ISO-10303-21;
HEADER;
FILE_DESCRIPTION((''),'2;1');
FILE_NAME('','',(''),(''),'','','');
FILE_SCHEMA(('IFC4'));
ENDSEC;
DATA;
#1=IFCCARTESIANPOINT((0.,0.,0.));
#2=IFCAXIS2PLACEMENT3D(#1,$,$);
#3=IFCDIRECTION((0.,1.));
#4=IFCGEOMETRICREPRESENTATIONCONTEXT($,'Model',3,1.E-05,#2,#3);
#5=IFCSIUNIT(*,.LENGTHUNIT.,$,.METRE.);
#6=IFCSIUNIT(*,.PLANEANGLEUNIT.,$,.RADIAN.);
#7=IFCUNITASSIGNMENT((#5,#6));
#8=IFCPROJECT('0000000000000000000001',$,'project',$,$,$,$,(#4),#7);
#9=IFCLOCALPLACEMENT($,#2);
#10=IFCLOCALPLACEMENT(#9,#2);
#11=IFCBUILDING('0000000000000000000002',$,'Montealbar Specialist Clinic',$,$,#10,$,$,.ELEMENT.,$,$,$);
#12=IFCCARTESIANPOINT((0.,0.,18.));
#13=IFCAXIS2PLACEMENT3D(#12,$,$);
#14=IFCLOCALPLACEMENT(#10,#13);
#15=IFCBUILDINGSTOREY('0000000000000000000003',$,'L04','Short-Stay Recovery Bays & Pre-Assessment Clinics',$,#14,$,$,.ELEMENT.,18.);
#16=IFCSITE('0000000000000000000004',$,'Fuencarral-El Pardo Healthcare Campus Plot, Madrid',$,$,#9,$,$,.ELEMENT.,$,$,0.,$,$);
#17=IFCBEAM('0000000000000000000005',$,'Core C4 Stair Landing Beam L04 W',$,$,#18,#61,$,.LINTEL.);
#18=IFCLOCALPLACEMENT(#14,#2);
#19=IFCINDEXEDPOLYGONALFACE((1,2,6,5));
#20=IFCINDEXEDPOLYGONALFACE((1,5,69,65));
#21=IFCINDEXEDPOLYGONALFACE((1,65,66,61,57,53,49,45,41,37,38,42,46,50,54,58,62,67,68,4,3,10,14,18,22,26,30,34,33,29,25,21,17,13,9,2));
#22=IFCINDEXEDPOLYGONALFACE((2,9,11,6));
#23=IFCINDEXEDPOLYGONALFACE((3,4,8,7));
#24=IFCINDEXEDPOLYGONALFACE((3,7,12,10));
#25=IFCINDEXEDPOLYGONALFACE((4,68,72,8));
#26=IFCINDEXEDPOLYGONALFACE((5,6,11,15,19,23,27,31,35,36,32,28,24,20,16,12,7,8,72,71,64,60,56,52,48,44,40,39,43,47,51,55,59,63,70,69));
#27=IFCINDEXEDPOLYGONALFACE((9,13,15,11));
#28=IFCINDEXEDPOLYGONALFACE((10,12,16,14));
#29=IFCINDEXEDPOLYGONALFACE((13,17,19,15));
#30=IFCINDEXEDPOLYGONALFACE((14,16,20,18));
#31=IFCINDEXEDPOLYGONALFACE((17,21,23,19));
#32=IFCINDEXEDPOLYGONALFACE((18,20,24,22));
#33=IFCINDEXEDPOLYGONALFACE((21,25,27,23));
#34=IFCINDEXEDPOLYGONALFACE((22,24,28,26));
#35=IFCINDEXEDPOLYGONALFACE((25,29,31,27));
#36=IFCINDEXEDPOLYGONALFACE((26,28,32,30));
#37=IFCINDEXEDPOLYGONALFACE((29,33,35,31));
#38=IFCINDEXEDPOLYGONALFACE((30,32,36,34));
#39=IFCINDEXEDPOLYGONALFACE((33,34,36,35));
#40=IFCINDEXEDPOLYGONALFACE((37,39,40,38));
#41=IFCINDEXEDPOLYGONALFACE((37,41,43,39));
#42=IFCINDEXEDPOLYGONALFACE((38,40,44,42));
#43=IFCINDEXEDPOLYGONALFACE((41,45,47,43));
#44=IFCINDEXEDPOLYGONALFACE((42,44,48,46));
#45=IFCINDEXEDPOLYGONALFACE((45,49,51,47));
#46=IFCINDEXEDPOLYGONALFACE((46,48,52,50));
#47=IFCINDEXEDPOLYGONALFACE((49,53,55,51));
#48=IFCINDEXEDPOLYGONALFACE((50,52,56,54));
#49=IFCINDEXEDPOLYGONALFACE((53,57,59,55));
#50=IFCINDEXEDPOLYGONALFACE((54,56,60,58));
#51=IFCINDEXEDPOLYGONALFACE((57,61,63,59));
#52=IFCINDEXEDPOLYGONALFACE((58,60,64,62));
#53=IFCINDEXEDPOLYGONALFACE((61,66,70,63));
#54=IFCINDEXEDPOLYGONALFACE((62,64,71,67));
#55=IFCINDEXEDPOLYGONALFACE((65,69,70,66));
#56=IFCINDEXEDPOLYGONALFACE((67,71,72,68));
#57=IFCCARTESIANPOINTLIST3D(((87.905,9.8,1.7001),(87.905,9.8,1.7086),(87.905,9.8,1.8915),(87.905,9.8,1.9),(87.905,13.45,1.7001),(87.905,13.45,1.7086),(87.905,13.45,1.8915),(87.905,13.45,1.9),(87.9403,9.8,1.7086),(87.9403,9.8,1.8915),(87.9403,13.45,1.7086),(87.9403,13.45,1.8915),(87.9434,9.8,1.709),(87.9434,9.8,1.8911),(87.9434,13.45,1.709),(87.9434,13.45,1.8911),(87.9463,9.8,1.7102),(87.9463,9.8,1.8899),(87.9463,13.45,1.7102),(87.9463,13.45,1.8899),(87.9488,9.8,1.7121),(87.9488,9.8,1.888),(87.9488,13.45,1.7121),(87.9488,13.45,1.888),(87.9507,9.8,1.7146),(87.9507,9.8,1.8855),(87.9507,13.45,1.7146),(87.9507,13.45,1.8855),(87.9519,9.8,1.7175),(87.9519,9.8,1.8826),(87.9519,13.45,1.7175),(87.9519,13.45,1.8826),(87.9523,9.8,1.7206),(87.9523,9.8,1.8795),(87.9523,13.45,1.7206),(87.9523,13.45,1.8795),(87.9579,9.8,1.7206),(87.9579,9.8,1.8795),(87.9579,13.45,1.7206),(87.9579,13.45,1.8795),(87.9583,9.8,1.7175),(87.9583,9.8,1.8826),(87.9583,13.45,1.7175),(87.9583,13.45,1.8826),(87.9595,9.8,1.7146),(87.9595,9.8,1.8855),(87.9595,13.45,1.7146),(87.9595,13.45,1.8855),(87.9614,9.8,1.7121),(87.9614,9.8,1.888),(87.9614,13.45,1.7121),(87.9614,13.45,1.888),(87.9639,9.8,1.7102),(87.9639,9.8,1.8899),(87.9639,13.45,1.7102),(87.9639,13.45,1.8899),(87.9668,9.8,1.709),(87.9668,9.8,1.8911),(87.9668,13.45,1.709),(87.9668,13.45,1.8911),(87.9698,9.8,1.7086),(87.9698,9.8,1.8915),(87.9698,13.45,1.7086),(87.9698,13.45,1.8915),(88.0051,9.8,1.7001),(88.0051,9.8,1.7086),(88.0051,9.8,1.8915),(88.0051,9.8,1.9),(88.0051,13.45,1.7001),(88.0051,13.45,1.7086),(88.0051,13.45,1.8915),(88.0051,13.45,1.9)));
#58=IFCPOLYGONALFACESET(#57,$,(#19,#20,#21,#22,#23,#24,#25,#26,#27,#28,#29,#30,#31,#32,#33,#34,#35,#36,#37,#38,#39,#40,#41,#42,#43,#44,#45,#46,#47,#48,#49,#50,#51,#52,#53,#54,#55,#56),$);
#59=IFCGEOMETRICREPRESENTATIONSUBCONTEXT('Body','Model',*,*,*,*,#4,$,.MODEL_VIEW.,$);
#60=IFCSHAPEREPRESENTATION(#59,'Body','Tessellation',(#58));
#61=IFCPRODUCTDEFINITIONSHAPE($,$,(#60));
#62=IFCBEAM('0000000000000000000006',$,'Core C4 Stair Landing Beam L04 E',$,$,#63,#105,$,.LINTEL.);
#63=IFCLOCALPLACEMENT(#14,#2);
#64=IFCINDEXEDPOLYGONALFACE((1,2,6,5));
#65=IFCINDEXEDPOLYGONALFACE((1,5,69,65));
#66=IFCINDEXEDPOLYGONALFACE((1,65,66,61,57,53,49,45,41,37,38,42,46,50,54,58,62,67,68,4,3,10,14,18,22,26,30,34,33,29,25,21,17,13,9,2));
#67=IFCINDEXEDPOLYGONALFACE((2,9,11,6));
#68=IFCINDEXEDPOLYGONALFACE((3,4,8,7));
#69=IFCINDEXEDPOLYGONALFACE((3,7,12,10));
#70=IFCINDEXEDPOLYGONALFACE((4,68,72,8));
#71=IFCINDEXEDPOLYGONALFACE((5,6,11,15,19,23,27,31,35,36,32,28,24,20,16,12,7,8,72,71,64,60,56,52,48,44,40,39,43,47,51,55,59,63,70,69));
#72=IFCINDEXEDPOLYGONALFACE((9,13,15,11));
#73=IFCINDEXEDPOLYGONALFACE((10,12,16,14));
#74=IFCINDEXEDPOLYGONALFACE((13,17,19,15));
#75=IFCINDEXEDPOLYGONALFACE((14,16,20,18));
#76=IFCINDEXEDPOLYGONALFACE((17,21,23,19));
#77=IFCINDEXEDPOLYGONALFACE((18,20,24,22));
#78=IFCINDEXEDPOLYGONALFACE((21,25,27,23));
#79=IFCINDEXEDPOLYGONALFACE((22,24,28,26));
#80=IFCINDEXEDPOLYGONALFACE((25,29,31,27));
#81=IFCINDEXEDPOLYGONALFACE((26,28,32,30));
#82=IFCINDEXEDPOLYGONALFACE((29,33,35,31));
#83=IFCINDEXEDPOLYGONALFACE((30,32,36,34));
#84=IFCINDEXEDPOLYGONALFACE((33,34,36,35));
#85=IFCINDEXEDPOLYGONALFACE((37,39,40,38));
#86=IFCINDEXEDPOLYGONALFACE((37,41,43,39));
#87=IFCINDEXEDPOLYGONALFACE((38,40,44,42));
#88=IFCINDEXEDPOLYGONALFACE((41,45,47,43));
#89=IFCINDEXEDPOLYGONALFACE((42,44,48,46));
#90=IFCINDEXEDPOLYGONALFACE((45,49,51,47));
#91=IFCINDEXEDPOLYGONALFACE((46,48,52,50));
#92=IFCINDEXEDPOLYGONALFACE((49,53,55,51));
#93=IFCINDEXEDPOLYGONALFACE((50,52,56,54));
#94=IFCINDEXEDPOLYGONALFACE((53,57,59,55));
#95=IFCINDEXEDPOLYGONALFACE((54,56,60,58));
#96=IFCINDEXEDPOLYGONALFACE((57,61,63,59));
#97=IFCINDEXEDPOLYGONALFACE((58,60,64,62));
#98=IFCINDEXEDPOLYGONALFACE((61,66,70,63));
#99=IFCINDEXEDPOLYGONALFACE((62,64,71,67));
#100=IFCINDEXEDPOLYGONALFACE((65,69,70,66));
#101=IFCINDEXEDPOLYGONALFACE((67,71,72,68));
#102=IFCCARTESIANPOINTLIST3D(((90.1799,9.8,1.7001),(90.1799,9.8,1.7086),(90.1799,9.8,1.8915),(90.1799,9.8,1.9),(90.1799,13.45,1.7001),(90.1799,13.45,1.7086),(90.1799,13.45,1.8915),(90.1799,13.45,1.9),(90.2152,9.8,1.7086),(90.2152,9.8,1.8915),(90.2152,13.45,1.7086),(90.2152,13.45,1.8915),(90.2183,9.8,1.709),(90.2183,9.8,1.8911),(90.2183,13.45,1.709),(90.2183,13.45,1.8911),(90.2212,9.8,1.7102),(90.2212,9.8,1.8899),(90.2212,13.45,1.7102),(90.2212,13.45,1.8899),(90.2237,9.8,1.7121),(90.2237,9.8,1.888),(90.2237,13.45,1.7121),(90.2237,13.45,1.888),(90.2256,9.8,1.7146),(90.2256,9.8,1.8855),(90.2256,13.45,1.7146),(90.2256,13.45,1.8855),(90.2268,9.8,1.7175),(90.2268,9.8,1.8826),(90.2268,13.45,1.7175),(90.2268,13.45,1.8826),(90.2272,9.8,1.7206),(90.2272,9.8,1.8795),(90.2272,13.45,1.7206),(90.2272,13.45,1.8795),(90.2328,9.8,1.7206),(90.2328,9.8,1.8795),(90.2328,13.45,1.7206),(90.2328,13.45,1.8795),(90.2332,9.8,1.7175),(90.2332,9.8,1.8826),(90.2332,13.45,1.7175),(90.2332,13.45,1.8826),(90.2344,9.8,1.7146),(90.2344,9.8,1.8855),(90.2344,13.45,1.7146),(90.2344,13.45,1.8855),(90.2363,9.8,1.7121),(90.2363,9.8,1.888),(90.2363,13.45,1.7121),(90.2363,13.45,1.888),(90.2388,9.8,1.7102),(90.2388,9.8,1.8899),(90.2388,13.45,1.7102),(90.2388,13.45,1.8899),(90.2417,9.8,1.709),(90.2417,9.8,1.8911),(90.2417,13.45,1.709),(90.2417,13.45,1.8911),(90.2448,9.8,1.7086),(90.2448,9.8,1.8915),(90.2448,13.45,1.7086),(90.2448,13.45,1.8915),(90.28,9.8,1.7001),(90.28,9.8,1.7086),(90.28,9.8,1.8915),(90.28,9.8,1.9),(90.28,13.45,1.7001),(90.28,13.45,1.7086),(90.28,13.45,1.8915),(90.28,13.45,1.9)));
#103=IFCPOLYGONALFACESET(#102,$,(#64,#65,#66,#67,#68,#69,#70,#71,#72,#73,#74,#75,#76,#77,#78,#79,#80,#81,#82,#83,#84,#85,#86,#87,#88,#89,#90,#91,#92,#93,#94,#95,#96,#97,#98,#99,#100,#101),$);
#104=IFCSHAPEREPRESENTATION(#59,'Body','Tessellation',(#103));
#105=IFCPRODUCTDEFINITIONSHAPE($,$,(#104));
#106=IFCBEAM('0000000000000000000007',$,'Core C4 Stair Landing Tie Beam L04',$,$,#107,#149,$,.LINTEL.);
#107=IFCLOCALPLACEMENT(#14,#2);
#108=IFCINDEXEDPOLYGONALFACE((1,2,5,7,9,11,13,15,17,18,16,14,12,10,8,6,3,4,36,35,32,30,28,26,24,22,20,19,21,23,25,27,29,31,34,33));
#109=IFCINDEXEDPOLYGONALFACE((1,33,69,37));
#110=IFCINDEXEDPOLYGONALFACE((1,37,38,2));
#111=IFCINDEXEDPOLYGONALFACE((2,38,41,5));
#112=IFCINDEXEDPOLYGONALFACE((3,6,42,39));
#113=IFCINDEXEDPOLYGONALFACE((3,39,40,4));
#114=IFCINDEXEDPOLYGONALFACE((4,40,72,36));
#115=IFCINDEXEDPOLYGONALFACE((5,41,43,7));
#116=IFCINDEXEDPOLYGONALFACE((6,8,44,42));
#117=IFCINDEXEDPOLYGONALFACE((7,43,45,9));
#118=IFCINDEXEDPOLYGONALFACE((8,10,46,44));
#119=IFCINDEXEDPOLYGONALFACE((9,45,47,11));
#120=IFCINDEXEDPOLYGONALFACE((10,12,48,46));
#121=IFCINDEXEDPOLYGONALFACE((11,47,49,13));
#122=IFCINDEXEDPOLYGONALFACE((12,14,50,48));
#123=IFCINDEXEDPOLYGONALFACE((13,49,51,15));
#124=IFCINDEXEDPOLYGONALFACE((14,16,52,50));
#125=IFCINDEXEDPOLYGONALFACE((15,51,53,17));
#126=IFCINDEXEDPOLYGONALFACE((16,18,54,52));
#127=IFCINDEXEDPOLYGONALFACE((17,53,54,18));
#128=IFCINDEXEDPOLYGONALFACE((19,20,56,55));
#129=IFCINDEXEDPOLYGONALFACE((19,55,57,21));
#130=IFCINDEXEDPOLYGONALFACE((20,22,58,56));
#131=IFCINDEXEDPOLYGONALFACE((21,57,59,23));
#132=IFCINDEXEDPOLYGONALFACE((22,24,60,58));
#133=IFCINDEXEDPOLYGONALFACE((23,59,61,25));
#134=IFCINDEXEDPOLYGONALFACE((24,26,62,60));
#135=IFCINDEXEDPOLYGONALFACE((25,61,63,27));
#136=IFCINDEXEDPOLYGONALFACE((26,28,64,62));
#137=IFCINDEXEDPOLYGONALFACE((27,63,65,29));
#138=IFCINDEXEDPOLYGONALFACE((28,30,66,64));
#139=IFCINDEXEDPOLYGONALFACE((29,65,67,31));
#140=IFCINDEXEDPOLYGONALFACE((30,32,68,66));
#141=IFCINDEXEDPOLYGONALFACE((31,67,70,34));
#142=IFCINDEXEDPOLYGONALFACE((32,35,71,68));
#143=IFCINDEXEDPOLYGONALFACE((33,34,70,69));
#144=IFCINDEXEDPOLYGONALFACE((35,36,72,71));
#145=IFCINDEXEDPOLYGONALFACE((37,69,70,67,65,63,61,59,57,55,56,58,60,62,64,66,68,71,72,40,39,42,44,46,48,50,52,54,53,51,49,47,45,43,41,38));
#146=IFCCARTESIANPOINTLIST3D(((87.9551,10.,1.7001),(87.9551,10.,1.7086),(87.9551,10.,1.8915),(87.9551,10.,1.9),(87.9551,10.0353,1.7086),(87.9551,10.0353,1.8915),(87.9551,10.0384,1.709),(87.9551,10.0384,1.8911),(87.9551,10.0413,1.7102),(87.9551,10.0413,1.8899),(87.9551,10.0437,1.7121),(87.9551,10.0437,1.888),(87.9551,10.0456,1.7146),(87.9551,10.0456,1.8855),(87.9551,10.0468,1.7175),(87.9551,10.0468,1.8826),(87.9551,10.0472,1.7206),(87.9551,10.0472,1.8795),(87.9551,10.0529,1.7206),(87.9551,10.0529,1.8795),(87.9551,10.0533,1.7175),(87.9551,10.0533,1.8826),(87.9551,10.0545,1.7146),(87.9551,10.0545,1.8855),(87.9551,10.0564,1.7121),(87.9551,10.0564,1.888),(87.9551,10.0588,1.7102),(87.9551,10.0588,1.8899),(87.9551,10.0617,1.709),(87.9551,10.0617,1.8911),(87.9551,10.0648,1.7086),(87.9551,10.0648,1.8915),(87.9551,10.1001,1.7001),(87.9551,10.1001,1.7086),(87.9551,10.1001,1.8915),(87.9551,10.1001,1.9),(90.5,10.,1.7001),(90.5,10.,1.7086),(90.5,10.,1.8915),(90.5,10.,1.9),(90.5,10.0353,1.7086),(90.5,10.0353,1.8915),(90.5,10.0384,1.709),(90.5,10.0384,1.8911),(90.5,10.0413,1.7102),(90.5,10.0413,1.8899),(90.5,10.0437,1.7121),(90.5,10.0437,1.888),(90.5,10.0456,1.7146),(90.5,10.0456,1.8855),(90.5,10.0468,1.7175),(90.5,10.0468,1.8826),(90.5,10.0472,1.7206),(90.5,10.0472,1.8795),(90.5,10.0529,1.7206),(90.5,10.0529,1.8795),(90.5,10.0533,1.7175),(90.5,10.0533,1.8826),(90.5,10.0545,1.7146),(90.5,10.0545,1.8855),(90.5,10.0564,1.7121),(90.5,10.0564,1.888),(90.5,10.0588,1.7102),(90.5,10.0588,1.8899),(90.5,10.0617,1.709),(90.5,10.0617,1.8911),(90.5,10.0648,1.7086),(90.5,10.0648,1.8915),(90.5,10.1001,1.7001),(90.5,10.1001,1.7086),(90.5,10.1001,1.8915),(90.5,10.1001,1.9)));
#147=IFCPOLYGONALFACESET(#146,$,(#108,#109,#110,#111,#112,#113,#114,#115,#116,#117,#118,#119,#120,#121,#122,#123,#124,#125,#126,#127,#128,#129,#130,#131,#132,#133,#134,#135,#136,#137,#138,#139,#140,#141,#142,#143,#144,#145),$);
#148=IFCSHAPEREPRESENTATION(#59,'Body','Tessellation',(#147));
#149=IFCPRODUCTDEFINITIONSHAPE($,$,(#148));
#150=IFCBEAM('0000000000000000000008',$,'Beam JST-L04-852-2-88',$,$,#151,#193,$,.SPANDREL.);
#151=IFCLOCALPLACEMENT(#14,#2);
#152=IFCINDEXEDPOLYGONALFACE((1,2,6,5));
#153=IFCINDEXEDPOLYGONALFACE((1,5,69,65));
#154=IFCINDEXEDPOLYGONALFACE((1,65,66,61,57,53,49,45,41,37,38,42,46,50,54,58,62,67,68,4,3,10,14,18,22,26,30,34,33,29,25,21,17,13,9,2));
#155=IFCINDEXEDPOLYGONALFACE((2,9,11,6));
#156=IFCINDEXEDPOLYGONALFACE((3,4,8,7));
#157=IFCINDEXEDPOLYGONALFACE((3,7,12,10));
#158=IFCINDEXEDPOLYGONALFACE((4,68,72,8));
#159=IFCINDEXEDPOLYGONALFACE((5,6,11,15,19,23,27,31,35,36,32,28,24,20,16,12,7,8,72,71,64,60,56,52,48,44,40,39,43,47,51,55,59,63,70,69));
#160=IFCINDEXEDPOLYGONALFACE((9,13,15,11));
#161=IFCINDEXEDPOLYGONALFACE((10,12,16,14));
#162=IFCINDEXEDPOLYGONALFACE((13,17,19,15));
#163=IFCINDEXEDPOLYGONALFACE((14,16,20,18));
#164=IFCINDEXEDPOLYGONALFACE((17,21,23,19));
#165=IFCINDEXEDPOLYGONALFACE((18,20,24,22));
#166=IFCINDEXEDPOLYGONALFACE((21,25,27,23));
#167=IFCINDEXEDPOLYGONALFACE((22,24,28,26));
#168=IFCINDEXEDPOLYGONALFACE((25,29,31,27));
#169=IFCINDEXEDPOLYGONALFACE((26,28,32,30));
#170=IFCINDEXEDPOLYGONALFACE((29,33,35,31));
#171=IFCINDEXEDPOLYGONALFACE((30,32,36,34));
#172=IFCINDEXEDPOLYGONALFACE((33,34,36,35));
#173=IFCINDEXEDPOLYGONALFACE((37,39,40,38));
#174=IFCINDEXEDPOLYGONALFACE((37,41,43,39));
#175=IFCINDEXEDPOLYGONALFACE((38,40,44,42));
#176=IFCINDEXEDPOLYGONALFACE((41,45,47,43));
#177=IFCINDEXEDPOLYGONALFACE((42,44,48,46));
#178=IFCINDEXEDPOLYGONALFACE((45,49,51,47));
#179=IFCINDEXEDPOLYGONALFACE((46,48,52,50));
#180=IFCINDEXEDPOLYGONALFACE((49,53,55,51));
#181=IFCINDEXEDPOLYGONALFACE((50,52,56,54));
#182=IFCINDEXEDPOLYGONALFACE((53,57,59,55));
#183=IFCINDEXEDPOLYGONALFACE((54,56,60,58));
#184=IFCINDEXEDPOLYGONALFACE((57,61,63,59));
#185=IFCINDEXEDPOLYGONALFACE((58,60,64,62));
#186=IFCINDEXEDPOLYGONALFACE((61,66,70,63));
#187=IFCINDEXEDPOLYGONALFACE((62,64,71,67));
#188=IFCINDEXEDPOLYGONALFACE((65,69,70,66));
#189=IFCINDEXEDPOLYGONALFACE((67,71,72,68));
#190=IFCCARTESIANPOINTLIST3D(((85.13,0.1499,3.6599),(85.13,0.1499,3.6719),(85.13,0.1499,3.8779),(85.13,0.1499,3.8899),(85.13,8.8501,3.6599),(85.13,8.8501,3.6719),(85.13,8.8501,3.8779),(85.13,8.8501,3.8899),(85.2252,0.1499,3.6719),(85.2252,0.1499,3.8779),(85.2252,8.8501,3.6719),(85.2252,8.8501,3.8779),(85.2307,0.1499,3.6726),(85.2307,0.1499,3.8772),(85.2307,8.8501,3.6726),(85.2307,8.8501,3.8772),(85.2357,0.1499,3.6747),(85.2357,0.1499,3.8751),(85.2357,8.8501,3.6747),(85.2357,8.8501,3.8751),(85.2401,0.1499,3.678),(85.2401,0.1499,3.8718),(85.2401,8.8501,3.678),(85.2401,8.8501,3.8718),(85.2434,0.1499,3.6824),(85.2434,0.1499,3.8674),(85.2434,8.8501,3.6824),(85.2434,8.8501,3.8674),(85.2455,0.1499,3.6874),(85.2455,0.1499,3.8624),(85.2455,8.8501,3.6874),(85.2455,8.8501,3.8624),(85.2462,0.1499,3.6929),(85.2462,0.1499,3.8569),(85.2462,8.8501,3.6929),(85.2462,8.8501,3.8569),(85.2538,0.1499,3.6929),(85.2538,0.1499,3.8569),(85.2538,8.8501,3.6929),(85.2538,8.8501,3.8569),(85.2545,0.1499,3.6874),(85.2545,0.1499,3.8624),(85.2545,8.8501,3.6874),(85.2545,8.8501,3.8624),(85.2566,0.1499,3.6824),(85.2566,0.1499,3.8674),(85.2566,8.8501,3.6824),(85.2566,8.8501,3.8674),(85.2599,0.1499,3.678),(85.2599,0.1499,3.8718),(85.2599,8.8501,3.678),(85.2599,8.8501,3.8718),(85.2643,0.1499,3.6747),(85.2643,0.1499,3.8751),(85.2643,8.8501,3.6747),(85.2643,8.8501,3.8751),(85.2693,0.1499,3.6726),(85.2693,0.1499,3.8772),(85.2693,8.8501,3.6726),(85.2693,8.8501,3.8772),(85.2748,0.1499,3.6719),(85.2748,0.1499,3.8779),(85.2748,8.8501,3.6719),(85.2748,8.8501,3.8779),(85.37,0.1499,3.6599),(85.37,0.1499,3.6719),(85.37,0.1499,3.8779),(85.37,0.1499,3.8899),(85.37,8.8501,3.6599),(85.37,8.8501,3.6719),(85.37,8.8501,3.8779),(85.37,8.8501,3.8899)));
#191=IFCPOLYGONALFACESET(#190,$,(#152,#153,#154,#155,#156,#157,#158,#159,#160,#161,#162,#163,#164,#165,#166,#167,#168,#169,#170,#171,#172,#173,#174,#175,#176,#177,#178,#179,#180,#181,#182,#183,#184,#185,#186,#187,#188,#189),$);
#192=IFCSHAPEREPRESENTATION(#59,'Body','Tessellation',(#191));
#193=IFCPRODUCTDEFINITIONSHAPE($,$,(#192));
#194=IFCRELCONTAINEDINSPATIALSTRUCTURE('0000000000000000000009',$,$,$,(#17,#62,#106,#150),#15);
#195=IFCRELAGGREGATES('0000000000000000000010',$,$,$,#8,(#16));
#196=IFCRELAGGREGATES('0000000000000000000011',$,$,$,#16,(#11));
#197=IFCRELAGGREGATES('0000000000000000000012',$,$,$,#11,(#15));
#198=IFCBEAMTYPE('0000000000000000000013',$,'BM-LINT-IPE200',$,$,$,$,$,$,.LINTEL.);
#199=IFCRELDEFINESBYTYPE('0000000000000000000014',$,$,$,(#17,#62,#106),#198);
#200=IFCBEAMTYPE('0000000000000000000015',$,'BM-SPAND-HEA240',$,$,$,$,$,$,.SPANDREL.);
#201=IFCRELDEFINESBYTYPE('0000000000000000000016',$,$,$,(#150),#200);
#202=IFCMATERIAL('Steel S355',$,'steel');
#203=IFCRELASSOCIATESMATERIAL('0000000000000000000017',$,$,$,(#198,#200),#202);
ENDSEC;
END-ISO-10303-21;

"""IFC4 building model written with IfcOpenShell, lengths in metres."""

from ifc_helpers import new_model, si_unit, direction, frame, origin, origin_2d, place, context, subcontext, project, spatial, i_section, extrude, material, material_profile, profile_set, type_object, element, save


model = new_model("IFC4")

# Units and contexts
model_context = context("Model", 3, precision=1e-05, world=origin(), true_north=direction((0.0, 1.0)))
body_context = subcontext(model_context, "Body", "Model", "MODEL_VIEW")
ifc_project = project(units=[si_unit("LENGTHUNIT", "METRE"), si_unit("PLANEANGLEUNIT", "RADIAN")], contexts=[model_context])

# Site, building, storey
site_placement = place(None, origin())
site = spatial("IfcSite", under=ifc_project, at=site_placement, Name="Fuencarral-El Pardo Healthcare Campus Plot, Madrid", CompositionType="ELEMENT", RefElevation=0.0)
building_placement = place(site_placement, origin())
building = spatial("IfcBuilding", under=site, at=building_placement, Name="Montealbar Specialist Clinic", CompositionType="ELEMENT")
storey_placement = place(building_placement, frame((0.0, 0.0, 18.0)))
storey = spatial("IfcBuildingStorey", under=building, at=storey_placement, Name="L04", Description="Short-Stay Recovery Bays & Pre-Assessment Clinics", CompositionType="ELEMENT", Elevation=18.0)

# Shared definitions
ifc_material_1 = material(Name="Steel S355", Category="steel")

# Beams
ifc_material_profile_1 = material_profile(ifc_material_1, i_section(OverallWidth=0.1001, OverallDepth=0.2, WebThickness=0.0056, FlangeThickness=0.0085, FilletRadius=0.012, at=origin_2d()), Name="IPE 200", Category="steel")
ifc_profile_set_1 = profile_set([ifc_material_profile_1], Name="Steel S355")
beam_type_1 = type_object("IfcBeamType", Name="BM-LINT-IPE200", PredefinedType="LINTEL", material=ifc_profile_set_1)
for number, where, z_axis, x_axis, name in (
    (1, (87.9551, 9.8, 1.8), (0.0, 1.0, 0.0), (-1.0, 0.0, 0.0), "Core C4 Stair Landing Beam L04 W"),
    (2, (90.23, 9.8, 1.8), (0.0, 1.0, 0.0), (-1.0, 0.0, 0.0), "Core C4 Stair Landing Beam L04 E"),
):
    element("IfcBeam", number, at=place(storey_placement, frame(where, z_axis=z_axis, x_axis=x_axis)), inside=storey, type_object=beam_type_1, Name=name, PredefinedType="LINTEL", context=body_context, shape_type="SweptSolid", body=[
        extrude(i_section(OverallWidth=0.1001, OverallDepth=0.2, WebThickness=0.0056, FlangeThickness=0.0085, FilletRadius=0.012, at=origin_2d()), origin(), (0.0, 0.0, 1.0), 3.6499),
    ])
beam_1_placement = place(storey_placement, frame((87.9551, 10.05, 1.8), z_axis=(1.0, 0.0, 0.0), x_axis=(0.0, 1.0, 0.0)))
element("IfcBeam", 3, at=beam_1_placement, inside=storey, type_object=beam_type_1, Name="Core C4 Stair Landing Tie Beam L04", PredefinedType="LINTEL", context=body_context, shape_type="SweptSolid", body=[
    extrude(i_section(OverallWidth=0.1001, OverallDepth=0.2, WebThickness=0.0056, FlangeThickness=0.0085, FilletRadius=0.012, at=origin_2d()), origin(), (0.0, 0.0, 1.0), 2.5449),
])
ifc_material_profile_2 = material_profile(ifc_material_1, i_section(OverallWidth=0.24, OverallDepth=0.23, WebThickness=0.0076, FlangeThickness=0.012, FilletRadius=0.021, at=origin_2d()), Name="HEA 240", Category="steel")
ifc_profile_set_2 = profile_set([ifc_material_profile_2], Name="Steel S355")
beam_type_2 = type_object("IfcBeamType", Name="BM-SPAND-HEA240", PredefinedType="SPANDREL", material=ifc_profile_set_2)
beam_2_placement = place(storey_placement, frame((85.25, 0.1499, 3.7749), z_axis=(0.0, 1.0, 0.0), x_axis=(-1.0, 0.0, 0.0)))
element("IfcBeam", 4, at=beam_2_placement, inside=storey, type_object=beam_type_2, Name="Beam JST-L04-852-2-88", PredefinedType="SPANDREL", context=body_context, shape_type="SweptSolid", body=[
    extrude(i_section(OverallWidth=0.24, OverallDepth=0.23, WebThickness=0.0076, FlangeThickness=0.012, FilletRadius=0.021, at=origin_2d()), origin(), (0.0, 0.0, 1.0), 8.7002),
])

save(model, "model.ifc")
